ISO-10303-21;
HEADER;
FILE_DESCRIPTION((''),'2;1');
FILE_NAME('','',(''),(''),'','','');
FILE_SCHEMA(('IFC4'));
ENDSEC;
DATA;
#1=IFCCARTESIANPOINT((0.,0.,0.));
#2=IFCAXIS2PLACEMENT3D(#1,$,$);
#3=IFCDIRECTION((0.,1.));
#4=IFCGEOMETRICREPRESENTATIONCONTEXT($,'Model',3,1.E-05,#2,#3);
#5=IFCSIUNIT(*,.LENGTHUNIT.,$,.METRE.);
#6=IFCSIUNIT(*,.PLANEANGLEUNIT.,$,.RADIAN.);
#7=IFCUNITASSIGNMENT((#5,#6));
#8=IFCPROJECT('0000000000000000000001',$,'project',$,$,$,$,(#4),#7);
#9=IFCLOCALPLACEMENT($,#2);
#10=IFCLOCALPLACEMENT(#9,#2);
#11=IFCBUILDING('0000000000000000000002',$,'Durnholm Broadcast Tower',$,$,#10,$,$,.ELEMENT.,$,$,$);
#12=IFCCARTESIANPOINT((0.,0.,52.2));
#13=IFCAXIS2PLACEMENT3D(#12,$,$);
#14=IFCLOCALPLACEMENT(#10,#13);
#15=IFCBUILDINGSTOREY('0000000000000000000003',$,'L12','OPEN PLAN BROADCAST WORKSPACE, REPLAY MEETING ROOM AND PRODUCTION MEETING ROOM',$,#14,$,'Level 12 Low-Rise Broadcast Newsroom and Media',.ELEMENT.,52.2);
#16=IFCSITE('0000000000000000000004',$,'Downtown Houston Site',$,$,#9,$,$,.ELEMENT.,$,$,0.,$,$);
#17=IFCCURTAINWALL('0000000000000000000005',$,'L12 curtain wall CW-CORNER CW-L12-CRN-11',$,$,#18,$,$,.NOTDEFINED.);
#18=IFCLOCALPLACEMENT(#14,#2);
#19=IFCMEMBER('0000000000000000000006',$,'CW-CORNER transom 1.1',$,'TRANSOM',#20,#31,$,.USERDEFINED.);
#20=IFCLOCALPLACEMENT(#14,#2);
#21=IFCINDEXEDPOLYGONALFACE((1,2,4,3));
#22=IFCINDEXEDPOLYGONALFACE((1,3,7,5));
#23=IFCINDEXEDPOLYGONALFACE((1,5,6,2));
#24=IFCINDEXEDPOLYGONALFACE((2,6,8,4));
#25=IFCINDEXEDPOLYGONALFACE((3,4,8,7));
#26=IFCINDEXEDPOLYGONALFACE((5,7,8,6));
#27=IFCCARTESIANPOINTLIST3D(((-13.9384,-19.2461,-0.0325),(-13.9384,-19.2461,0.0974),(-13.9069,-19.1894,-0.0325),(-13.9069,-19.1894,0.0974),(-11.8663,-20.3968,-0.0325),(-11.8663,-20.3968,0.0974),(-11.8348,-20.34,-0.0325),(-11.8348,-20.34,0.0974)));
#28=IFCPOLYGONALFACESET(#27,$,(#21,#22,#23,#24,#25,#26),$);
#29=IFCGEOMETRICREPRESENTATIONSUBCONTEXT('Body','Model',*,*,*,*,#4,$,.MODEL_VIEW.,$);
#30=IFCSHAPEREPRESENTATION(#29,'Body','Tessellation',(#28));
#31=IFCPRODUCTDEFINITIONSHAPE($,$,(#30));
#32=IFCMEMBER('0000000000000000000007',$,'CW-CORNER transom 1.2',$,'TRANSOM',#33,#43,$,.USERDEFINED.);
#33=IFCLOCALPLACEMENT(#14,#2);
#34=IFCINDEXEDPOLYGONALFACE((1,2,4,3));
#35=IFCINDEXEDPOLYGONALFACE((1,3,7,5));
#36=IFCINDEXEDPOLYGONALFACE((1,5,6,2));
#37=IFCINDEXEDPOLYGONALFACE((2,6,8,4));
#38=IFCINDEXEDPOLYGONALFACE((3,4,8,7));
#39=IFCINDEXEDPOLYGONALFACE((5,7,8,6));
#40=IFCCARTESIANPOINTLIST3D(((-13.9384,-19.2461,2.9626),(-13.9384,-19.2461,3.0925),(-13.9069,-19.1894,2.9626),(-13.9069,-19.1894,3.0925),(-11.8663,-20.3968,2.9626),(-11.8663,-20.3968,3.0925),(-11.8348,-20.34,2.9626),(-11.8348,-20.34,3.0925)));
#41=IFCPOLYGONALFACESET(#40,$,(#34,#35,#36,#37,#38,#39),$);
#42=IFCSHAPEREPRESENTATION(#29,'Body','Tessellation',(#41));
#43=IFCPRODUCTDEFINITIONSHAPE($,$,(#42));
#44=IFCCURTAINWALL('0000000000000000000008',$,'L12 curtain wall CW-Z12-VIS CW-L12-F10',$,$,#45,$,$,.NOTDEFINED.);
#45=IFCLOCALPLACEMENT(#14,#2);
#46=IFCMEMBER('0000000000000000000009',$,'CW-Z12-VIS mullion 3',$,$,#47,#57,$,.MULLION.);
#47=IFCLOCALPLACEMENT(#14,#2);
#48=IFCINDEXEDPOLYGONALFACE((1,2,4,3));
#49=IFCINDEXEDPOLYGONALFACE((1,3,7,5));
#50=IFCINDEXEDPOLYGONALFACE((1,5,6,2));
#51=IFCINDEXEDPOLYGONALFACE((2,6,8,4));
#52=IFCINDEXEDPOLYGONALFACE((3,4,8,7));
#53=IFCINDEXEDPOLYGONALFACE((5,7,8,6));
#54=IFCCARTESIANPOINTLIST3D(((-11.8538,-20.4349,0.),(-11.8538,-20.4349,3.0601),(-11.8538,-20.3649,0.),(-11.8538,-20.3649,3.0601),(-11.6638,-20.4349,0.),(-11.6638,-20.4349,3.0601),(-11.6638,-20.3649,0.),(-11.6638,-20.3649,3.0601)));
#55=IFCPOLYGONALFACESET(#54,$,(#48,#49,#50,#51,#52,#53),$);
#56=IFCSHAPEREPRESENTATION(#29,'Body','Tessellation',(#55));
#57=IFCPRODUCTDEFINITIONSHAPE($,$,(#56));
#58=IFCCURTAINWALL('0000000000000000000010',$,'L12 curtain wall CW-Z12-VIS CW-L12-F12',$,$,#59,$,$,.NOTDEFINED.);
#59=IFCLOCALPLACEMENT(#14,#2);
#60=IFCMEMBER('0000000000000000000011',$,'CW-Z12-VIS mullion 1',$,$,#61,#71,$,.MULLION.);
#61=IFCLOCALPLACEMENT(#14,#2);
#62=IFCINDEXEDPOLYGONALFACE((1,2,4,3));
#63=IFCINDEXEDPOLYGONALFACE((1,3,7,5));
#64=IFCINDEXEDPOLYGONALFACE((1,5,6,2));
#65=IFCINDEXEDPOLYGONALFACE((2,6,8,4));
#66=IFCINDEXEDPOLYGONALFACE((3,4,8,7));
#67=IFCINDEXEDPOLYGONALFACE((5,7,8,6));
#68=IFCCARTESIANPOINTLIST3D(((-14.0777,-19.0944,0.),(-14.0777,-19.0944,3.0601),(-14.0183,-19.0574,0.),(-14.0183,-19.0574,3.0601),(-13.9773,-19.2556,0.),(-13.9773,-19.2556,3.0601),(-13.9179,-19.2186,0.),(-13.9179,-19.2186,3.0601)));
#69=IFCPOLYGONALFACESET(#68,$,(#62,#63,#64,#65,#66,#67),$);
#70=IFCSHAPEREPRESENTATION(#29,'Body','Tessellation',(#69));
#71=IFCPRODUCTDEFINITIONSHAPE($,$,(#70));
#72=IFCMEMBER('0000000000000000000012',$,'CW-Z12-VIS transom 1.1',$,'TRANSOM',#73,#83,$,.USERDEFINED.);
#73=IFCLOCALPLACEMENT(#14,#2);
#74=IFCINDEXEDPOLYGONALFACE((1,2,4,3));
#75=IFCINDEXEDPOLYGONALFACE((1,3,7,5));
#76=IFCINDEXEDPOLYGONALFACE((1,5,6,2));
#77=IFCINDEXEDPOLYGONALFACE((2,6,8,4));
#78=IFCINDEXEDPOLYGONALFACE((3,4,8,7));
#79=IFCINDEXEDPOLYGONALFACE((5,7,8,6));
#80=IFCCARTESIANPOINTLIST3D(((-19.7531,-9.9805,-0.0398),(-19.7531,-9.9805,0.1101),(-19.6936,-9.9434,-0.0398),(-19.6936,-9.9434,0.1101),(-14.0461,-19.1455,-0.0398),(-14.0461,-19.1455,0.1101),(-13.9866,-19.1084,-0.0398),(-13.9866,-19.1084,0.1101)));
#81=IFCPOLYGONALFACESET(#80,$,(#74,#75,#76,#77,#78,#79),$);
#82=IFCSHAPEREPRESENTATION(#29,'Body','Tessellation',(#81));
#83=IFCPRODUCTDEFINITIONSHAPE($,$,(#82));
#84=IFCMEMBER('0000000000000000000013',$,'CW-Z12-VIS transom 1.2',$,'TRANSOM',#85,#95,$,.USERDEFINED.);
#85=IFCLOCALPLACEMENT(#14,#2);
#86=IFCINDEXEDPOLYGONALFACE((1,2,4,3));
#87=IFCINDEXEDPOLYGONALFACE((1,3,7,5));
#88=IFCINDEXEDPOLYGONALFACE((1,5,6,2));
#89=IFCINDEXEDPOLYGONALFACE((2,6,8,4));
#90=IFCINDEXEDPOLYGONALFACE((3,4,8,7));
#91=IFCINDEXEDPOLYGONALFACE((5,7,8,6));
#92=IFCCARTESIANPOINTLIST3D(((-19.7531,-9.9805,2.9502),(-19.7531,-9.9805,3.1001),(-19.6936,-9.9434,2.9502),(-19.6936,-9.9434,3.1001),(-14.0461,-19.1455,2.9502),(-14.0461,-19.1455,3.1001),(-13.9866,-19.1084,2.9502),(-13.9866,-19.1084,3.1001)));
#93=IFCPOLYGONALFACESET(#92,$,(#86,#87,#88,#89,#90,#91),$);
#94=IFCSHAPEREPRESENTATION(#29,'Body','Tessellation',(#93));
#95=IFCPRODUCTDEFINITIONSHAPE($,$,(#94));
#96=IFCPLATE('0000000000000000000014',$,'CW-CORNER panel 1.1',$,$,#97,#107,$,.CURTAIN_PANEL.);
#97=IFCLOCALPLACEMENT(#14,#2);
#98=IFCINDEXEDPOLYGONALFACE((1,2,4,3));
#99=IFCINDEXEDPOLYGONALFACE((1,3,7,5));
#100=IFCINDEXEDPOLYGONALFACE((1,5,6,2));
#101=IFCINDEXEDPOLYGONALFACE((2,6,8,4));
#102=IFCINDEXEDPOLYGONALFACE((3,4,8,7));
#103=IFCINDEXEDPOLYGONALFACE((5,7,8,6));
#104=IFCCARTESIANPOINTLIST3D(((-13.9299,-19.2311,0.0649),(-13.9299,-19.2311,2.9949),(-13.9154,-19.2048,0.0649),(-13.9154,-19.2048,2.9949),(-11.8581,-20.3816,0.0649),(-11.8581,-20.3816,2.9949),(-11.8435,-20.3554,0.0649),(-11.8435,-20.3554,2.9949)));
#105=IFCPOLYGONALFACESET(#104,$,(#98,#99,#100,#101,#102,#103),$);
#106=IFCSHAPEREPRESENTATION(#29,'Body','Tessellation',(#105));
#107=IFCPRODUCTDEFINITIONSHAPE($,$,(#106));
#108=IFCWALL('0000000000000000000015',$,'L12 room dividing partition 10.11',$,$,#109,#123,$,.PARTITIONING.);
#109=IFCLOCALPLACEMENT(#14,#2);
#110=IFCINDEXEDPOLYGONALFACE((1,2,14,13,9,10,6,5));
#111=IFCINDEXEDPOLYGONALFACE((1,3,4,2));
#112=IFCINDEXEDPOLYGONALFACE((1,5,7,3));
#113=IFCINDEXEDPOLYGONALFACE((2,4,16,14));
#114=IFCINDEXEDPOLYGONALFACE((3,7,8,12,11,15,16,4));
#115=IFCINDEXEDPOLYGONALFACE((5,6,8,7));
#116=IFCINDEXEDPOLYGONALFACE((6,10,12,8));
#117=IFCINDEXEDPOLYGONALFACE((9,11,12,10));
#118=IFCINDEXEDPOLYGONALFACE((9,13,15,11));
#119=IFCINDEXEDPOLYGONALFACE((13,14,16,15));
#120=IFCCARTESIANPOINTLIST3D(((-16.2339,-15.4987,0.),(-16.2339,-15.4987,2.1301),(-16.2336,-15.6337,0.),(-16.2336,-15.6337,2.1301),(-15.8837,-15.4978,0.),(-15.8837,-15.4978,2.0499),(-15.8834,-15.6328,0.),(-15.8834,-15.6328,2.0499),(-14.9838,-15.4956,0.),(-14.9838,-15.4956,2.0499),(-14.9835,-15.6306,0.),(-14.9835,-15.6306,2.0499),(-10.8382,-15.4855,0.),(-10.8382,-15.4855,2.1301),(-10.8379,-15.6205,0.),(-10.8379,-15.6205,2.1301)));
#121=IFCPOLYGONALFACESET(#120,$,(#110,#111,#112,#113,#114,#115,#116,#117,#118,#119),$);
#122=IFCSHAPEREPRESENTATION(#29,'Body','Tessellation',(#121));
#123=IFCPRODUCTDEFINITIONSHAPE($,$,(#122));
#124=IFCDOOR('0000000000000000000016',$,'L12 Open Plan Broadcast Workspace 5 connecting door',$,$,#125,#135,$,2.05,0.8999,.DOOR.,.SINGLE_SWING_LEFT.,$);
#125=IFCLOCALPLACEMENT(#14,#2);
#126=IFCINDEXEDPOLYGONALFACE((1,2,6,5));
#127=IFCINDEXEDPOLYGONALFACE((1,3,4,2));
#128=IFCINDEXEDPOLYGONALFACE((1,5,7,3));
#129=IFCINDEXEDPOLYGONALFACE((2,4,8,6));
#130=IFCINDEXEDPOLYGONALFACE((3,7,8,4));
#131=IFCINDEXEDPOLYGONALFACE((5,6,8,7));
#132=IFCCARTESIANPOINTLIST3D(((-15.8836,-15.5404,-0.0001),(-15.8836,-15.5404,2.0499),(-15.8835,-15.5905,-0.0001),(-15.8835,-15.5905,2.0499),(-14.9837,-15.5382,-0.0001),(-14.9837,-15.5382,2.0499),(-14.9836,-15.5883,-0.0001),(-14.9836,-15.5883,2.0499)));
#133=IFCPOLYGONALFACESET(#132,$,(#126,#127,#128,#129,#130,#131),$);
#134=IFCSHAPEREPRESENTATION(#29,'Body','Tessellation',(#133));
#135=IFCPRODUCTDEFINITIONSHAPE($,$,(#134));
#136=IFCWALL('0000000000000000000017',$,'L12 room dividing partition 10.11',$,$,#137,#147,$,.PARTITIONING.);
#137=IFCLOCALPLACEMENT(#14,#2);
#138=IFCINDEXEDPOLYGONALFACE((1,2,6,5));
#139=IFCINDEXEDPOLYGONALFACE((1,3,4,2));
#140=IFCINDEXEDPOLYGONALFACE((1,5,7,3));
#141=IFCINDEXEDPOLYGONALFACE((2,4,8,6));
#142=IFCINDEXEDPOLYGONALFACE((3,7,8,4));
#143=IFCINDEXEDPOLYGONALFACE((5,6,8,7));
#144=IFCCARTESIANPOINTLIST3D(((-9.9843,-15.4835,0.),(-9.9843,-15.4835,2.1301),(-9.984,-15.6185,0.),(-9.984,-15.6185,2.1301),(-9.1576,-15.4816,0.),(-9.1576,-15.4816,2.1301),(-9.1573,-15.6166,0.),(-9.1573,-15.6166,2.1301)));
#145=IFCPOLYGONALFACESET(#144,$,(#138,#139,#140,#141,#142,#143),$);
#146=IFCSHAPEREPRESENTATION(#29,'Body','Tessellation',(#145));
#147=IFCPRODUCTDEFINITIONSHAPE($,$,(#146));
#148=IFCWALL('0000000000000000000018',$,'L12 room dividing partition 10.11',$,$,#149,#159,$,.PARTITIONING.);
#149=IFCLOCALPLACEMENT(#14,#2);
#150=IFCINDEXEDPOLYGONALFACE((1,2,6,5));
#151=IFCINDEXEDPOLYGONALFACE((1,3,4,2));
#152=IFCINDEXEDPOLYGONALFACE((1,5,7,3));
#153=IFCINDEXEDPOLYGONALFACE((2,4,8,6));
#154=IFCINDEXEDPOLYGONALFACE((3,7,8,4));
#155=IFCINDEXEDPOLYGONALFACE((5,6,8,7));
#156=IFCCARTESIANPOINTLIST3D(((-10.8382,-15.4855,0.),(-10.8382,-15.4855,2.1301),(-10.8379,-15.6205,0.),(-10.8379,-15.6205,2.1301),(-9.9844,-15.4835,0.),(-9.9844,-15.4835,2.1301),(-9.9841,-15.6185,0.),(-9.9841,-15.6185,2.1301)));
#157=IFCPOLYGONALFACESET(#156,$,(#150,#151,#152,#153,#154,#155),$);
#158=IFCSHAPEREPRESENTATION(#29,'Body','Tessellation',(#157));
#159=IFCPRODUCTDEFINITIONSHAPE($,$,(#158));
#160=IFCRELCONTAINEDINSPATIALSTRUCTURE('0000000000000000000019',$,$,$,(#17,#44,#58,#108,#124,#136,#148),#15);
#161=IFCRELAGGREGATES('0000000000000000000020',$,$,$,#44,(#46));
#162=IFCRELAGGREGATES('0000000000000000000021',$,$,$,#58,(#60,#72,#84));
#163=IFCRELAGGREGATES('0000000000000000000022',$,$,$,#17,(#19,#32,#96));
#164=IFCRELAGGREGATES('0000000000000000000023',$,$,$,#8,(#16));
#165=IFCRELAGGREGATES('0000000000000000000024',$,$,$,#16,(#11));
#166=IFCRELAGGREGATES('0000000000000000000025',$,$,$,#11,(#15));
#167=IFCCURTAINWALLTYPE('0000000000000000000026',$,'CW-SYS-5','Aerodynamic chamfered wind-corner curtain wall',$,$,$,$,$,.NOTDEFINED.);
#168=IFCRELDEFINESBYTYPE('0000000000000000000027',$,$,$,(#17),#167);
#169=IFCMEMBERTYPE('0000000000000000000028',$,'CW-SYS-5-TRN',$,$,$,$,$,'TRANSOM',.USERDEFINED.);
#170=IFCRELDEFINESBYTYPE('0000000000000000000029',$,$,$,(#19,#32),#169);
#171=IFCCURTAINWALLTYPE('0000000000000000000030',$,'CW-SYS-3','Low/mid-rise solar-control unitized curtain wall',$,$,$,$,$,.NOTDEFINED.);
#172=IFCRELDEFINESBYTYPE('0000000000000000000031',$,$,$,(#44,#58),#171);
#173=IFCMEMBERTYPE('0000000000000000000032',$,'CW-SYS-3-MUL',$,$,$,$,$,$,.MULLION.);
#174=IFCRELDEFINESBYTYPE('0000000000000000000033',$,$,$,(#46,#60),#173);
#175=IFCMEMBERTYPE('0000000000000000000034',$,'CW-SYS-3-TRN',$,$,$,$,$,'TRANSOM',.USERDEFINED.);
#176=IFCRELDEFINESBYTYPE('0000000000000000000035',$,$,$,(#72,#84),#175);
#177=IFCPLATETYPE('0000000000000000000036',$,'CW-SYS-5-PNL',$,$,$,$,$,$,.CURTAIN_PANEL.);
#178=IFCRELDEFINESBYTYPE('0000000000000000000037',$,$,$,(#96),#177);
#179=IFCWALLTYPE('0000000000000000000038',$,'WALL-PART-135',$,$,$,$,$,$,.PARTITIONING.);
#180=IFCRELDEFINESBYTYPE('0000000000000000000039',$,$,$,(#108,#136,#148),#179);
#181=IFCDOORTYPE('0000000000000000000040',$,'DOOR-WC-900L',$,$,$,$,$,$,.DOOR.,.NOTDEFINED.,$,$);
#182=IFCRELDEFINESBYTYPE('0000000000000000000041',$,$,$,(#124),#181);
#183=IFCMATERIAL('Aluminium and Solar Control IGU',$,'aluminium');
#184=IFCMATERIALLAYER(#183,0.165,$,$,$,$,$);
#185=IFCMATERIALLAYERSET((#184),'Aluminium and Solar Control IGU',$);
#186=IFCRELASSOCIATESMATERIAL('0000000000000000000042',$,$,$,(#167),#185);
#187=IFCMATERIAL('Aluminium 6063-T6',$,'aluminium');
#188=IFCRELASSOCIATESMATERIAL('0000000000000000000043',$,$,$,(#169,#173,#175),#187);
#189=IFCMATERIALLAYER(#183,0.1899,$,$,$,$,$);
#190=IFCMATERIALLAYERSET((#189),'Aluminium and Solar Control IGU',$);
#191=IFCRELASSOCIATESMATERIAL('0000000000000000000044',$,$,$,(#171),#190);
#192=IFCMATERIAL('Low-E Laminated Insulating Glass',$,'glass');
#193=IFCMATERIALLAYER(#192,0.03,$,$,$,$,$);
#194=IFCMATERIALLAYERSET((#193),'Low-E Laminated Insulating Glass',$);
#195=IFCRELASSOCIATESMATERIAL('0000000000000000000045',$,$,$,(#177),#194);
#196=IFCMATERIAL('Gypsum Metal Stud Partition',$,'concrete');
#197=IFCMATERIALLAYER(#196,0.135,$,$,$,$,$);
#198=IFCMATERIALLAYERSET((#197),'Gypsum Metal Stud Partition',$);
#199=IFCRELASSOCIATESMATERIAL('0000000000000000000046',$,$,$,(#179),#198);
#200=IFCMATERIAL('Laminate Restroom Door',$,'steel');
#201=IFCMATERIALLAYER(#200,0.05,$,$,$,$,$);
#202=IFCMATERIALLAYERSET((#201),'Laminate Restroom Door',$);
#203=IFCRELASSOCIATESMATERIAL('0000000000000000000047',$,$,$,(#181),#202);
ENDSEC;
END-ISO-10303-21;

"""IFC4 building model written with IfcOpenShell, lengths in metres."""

from ifc_helpers import new_model, si_unit, direction, frame, frame_2d, origin, origin_2d, place, context, subcontext, project, spatial, rectangle, extrude, source, transform, mapped, material, layer, layer_set, material_profile, profile_set, type_object, type_shapes, element, fill, aggregate, save


model = new_model("IFC4")

# Units and contexts
model_context = context("Model", 3, precision=1e-05, world=origin(), true_north=direction((0.0, 1.0)))
body_context = subcontext(model_context, "Body", "Model", "MODEL_VIEW")
ifc_project = project(units=[si_unit("LENGTHUNIT", "METRE"), si_unit("PLANEANGLEUNIT", "RADIAN")], contexts=[model_context])

# Site, building, storey
site_placement = place(None, origin())
site = spatial("IfcSite", under=ifc_project, at=site_placement, Name="Downtown Houston Site", CompositionType="ELEMENT", RefElevation=0.0)
building_placement = place(site_placement, origin())
building = spatial("IfcBuilding", under=site, at=building_placement, Name="Durnholm Broadcast Tower", CompositionType="ELEMENT")
storey_placement = place(building_placement, frame((0.0, 0.0, 52.2)))
storey = spatial("IfcBuildingStorey", under=building, at=storey_placement, Name="L12", Description="OPEN PLAN BROADCAST WORKSPACE, REPLAY MEETING ROOM AND PRODUCTION MEETING ROOM", LongName="Level 12 Low-Rise Broadcast Newsroom and Media", CompositionType="ELEMENT", Elevation=52.2)

# Curtain wall, members
ifc_material_1 = material(Name="Aluminium and Solar Control IGU", Category="aluminium")
ifc_layer_1 = layer(ifc_material_1, 0.165)
ifc_layer_set_1 = layer_set([ifc_layer_1], Name="Aluminium and Solar Control IGU")
curtain_wall_type_1 = type_object("IfcCurtainWallType", Name="CW-SYS-5", Description="Aerodynamic chamfered wind-corner curtain wall", PredefinedType="NOTDEFINED", material=ifc_layer_set_1)
curtain_wall_1_placement = place(storey_placement, origin())
curtain_wall_1 = element("IfcCurtainWall", 1, at=curtain_wall_1_placement, inside=storey, type_object=curtain_wall_type_1, Name="L12 curtain wall CW-CORNER CW-L12-CRN-11", PredefinedType="NOTDEFINED")
ifc_material_2 = material(Name="Aluminium 6063-T6", Category="aluminium")
ifc_material_profile_1 = material_profile(ifc_material_2, rectangle(XDim=0.0649, YDim=0.1299, at=origin_2d()), Name="CWT65X130")
ifc_profile_set_1 = profile_set([ifc_material_profile_1], Name="Aluminium 6063-T6")
member_type_1 = type_object("IfcMemberType", Name="CW-SYS-5-TRN", ElementType="TRANSOM", PredefinedType="USERDEFINED", material=ifc_profile_set_1)
shared_shape_1 = source(origin(), body_context, "Body", "SweptSolid", [
    extrude(rectangle(XDim=0.0649, YDim=0.1299, at=origin_2d()), origin(), (0.0, 0.0, 1.0), 2.3701),
])
type_shapes(member_type_1, [shared_shape_1])
member_1_placement = place(storey_placement, frame((-11.8506, -20.3684, 0.0325), z_axis=(-0.874245, 0.485485, 0.0), x_axis=(-0.485485, -0.874245, 0.0)))
member_1 = element("IfcMember", 2, at=member_1_placement, type_object=member_type_1, Name="CW-CORNER transom 1.1", ObjectType="TRANSOM", PredefinedType="USERDEFINED", context=body_context, shape_type="MappedRepresentation", body=[
    mapped(shared_shape_1, transform((0.0, 0.0, 0.0), x_axis=(1.0, 0.0, 0.0), y_axis=(0.0, 1.0, 0.0), z_axis=(0.0, 0.0, 1.0), scale=1.0)),
])
member_2_placement = place(storey_placement, frame((-11.8506, -20.3684, 3.0276), z_axis=(-0.874245, 0.485485, 0.0), x_axis=(-0.485485, -0.874245, 0.0)))
member_2 = element("IfcMember", 3, at=member_2_placement, type_object=member_type_1, Name="CW-CORNER transom 1.2", ObjectType="TRANSOM", PredefinedType="USERDEFINED", context=body_context, shape_type="MappedRepresentation", body=[
    mapped(shared_shape_1, transform((0.0, 0.0, 0.0), x_axis=(1.0, 0.0, 0.0), y_axis=(0.0, 1.0, 0.0), z_axis=(0.0, 0.0, 1.0), scale=1.0)),
])

# Curtain wall, member
ifc_layer_2 = layer(ifc_material_1, 0.1899)
ifc_layer_set_2 = layer_set([ifc_layer_2], Name="Aluminium and Solar Control IGU")
curtain_wall_type_2 = type_object("IfcCurtainWallType", Name="CW-SYS-3", Description="Low/mid-rise solar-control unitized curtain wall", PredefinedType="NOTDEFINED", material=ifc_layer_set_2)
curtain_wall_2_placement = place(storey_placement, origin())
curtain_wall_2 = element("IfcCurtainWall", 4, at=curtain_wall_2_placement, inside=storey, type_object=curtain_wall_type_2, Name="L12 curtain wall CW-Z12-VIS CW-L12-F10", PredefinedType="NOTDEFINED")
ifc_material_profile_2 = material_profile(ifc_material_2, rectangle(XDim=0.0701, YDim=0.1899, at=origin_2d()), Name="CWM70X190")
ifc_profile_set_2 = profile_set([ifc_material_profile_2], Name="Aluminium 6063-T6")
member_type_2 = type_object("IfcMemberType", Name="CW-SYS-3-MUL", PredefinedType="MULLION", material=ifc_profile_set_2)
shared_shape_2 = source(origin(), body_context, "Body", "SweptSolid", [
    extrude(rectangle(XDim=0.0701, YDim=0.1899, at=origin_2d()), origin(), (0.0, 0.0, 1.0), 3.0601),
])
type_shapes(member_type_2, [shared_shape_2])
member_3_placement = place(storey_placement, frame((-11.7588, -20.3999, 0.0), z_axis=(0.0, 0.0, 1.0), x_axis=(0.0, -1.0, 0.0)))
member_3 = element("IfcMember", 5, at=member_3_placement, type_object=member_type_2, Name="CW-Z12-VIS mullion 3", PredefinedType="MULLION", context=body_context, shape_type="MappedRepresentation", body=[
    mapped(shared_shape_2, transform((0.0, 0.0, 0.0), x_axis=(1.0, 0.0, 0.0), y_axis=(0.0, 1.0, 0.0), z_axis=(0.0, 0.0, 1.0), scale=1.0)),
])
aggregate(curtain_wall_2, [member_3])

# Curtain wall, members
curtain_wall_3_placement = place(storey_placement, origin())
curtain_wall_3 = element("IfcCurtainWall", 6, at=curtain_wall_3_placement, inside=storey, type_object=curtain_wall_type_2, Name="L12 curtain wall CW-Z12-VIS CW-L12-F12", PredefinedType="NOTDEFINED")
member_4_placement = place(storey_placement, frame((-13.9978, -19.1565, 0.0), z_axis=(0.0, 0.0, 1.0), x_axis=(-0.848876, -0.528592, 0.0)))
member_4 = element("IfcMember", 7, at=member_4_placement, type_object=member_type_2, Name="CW-Z12-VIS mullion 1", PredefinedType="MULLION", context=body_context, shape_type="MappedRepresentation", body=[
    mapped(shared_shape_2, transform((0.0, 0.0, 0.0), x_axis=(1.0, 0.0, 0.0), y_axis=(0.0, 1.0, 0.0), z_axis=(0.0, 0.0, 1.0), scale=1.0)),
])
ifc_material_profile_3 = material_profile(ifc_material_2, rectangle(XDim=0.0701, YDim=0.1499, at=origin_2d()), Name="CWT70X150")
ifc_profile_set_3 = profile_set([ifc_material_profile_3], Name="Aluminium 6063-T6")
member_type_3 = type_object("IfcMemberType", Name="CW-SYS-3-TRN", ElementType="TRANSOM", PredefinedType="USERDEFINED", material=ifc_profile_set_3)
shared_shape_3 = source(origin(), body_context, "Body", "SweptSolid", [
    extrude(rectangle(XDim=0.0701, YDim=0.1499, at=origin_2d()), origin(), (0.0, 0.0, 1.0), 10.7966),
])
type_shapes(member_type_3, [shared_shape_3])
member_5_placement = place(storey_placement, frame((-14.0164, -19.127, 0.0352), z_axis=(-0.528592, 0.848876, 0.0), x_axis=(-0.848876, -0.528592, 0.0)))
member_5 = element("IfcMember", 8, at=member_5_placement, type_object=member_type_3, Name="CW-Z12-VIS transom 1.1", ObjectType="TRANSOM", PredefinedType="USERDEFINED", context=body_context, shape_type="MappedRepresentation", body=[
    mapped(shared_shape_3, transform((0.0, 0.0, 0.0), x_axis=(1.0, 0.0, 0.0), y_axis=(0.0, 1.0, 0.0), z_axis=(0.0, 0.0, 1.0), scale=1.0)),
])
member_6_placement = place(storey_placement, frame((-14.0164, -19.127, 3.0251), z_axis=(-0.528592, 0.848876, 0.0), x_axis=(-0.848876, -0.528592, 0.0)))
member_6 = element("IfcMember", 9, at=member_6_placement, type_object=member_type_3, Name="CW-Z12-VIS transom 1.2", ObjectType="TRANSOM", PredefinedType="USERDEFINED", context=body_context, shape_type="MappedRepresentation", body=[
    mapped(shared_shape_3, transform((0.0, 0.0, 0.0), x_axis=(1.0, 0.0, 0.0), y_axis=(0.0, 1.0, 0.0), z_axis=(0.0, 0.0, 1.0), scale=1.0)),
])
aggregate(curtain_wall_3, [member_4, member_5, member_6])

# Plate
ifc_material_3 = material(Name="Low-E Laminated Insulating Glass", Category="glass")
ifc_layer_3 = layer(ifc_material_3, 0.03)
ifc_layer_set_3 = layer_set([ifc_layer_3], Name="Low-E Laminated Insulating Glass")
plate_type = type_object("IfcPlateType", Name="CW-SYS-5-PNL", PredefinedType="CURTAIN_PANEL", material=ifc_layer_set_3)
shared_shape_4 = source(origin(), body_context, "Body", "SweptSolid", [
    extrude(rectangle(XDim=2.3699, YDim=0.03, at=origin_2d()), origin(), (0.0, 0.0, 1.0), 2.9299),
])
type_shapes(plate_type, [shared_shape_4])
plate_placement = place(storey_placement, frame((-12.8867, -19.7932, 0.0649), z_axis=(0.0, 0.0, 1.0), x_axis=(-0.874246, 0.485483, 0.0)))
plate = element("IfcPlate", 10, at=plate_placement, type_object=plate_type, Name="CW-CORNER panel 1.1", PredefinedType="CURTAIN_PANEL", context=body_context, shape_type="MappedRepresentation", body=[
    mapped(shared_shape_4, transform((0.0, 0.0, 0.0), x_axis=(1.0, 0.0, 0.0), y_axis=(0.0, 1.0, 0.0), z_axis=(0.0, 0.0, 1.0), scale=1.0)),
])
aggregate(curtain_wall_1, [member_1, member_2, plate])

# Wall, opening, door
ifc_material_4 = material(Name="Gypsum Metal Stud Partition", Category="concrete")
ifc_layer_4 = layer(ifc_material_4, 0.135)
ifc_layer_set_4 = layer_set([ifc_layer_4], Name="Gypsum Metal Stud Partition")
wall_type = type_object("IfcWallType", Name="WALL-PART-135", PredefinedType="PARTITIONING", material=ifc_layer_set_4)
wall_1_placement = place(storey_placement, frame((-16.2336, -15.5662, 0.0), z_axis=(0.0, 0.0, 1.0), x_axis=(0.999997, 0.002443, 0.0)))
wall_1 = element("IfcWall", 11, at=wall_1_placement, inside=storey, type_object=wall_type, Name="L12 room dividing partition 10.11", PredefinedType="PARTITIONING", context=body_context, shape_type="SweptSolid", body=[
    extrude(rectangle(XDim=5.3958, YDim=0.135, at=frame_2d((2.6978, 0.0))), origin(), (0.0, 0.0, 1.0), 2.1301),
])
opening_placement = place(wall_1_placement, frame((0.3501, 0.0, 0.0)))
opening = element("IfcOpeningElement", 12, at=opening_placement, cuts=wall_1, PredefinedType="OPENING", context=body_context, shape_type="SweptSolid", body=[
    extrude(rectangle(XDim=0.8999, YDim=2.05, at=frame_2d((0.45, 1.0249))), frame((0.0, 0.0776, 0.0), z_axis=(0.0, -1.0, 0.0), x_axis=(1.0, 0.0, 0.0)), (0.0, 0.0, 1.0), 0.155),
])
ifc_material_5 = material(Name="Laminate Restroom Door", Category="steel")
ifc_layer_5 = layer(ifc_material_5, 0.05)
ifc_layer_set_5 = layer_set([ifc_layer_5], Name="Laminate Restroom Door")
door_type = type_object("IfcDoorType", Name="DOOR-WC-900L", OperationType="NOTDEFINED", PredefinedType="DOOR", material=ifc_layer_set_5)
shared_shape_5 = source(origin(), body_context, "Body", "SweptSolid", [
    extrude(rectangle(XDim=0.8999, YDim=2.05, at=frame_2d((0.45, 1.0249))), frame((0.0, 0.0249, 0.0), z_axis=(0.0, -1.0, 0.0), x_axis=(1.0, 0.0, 0.0)), (0.0, 0.0, 1.0), 0.05),
])
type_shapes(door_type, [shared_shape_5])
door_placement = place(opening_placement, origin())
door = element("IfcDoor", 13, at=door_placement, inside=storey, type_object=door_type, Name="L12 Open Plan Broadcast Workspace 5 connecting door", OperationType="SINGLE_SWING_LEFT", OverallHeight=2.05, OverallWidth=0.8999, PredefinedType="DOOR", context=body_context, shape_type="MappedRepresentation", body=[
    mapped(shared_shape_5, transform((0.0, 0.0, 0.0), x_axis=(1.0, 0.0, 0.0), y_axis=(0.0, 1.0, 0.0), z_axis=(0.0, 0.0, 1.0), scale=1.0)),
])
fill(opening, door)

# Walls
wall_2_placement = place(storey_placement, frame((-9.9841, -15.551, 0.0), z_axis=(0.0, 0.0, 1.0), x_axis=(0.999997, 0.002363, 0.0)))
element("IfcWall", 14, at=wall_2_placement, inside=storey, type_object=wall_type, Name="L12 room dividing partition 10.11", PredefinedType="PARTITIONING", context=body_context, shape_type="SweptSolid", body=[
    extrude(rectangle(XDim=0.8267, YDim=0.135, at=frame_2d((0.4133, 0.0))), origin(), (0.0, 0.0, 1.0), 2.1301),
])
wall_3_placement = place(storey_placement, frame((-10.8379, -15.553, 0.0), z_axis=(0.0, 0.0, 1.0), x_axis=(0.999997, 0.002288, 0.0)))
element("IfcWall", 15, at=wall_3_placement, inside=storey, type_object=wall_type, Name="L12 room dividing partition 10.11", PredefinedType="PARTITIONING", context=body_context, shape_type="SweptSolid", body=[
    extrude(rectangle(XDim=0.8538, YDim=0.135, at=frame_2d((0.4268, 0.0))), origin(), (0.0, 0.0, 1.0), 2.1301),
])

save(model, "model.ifc")
